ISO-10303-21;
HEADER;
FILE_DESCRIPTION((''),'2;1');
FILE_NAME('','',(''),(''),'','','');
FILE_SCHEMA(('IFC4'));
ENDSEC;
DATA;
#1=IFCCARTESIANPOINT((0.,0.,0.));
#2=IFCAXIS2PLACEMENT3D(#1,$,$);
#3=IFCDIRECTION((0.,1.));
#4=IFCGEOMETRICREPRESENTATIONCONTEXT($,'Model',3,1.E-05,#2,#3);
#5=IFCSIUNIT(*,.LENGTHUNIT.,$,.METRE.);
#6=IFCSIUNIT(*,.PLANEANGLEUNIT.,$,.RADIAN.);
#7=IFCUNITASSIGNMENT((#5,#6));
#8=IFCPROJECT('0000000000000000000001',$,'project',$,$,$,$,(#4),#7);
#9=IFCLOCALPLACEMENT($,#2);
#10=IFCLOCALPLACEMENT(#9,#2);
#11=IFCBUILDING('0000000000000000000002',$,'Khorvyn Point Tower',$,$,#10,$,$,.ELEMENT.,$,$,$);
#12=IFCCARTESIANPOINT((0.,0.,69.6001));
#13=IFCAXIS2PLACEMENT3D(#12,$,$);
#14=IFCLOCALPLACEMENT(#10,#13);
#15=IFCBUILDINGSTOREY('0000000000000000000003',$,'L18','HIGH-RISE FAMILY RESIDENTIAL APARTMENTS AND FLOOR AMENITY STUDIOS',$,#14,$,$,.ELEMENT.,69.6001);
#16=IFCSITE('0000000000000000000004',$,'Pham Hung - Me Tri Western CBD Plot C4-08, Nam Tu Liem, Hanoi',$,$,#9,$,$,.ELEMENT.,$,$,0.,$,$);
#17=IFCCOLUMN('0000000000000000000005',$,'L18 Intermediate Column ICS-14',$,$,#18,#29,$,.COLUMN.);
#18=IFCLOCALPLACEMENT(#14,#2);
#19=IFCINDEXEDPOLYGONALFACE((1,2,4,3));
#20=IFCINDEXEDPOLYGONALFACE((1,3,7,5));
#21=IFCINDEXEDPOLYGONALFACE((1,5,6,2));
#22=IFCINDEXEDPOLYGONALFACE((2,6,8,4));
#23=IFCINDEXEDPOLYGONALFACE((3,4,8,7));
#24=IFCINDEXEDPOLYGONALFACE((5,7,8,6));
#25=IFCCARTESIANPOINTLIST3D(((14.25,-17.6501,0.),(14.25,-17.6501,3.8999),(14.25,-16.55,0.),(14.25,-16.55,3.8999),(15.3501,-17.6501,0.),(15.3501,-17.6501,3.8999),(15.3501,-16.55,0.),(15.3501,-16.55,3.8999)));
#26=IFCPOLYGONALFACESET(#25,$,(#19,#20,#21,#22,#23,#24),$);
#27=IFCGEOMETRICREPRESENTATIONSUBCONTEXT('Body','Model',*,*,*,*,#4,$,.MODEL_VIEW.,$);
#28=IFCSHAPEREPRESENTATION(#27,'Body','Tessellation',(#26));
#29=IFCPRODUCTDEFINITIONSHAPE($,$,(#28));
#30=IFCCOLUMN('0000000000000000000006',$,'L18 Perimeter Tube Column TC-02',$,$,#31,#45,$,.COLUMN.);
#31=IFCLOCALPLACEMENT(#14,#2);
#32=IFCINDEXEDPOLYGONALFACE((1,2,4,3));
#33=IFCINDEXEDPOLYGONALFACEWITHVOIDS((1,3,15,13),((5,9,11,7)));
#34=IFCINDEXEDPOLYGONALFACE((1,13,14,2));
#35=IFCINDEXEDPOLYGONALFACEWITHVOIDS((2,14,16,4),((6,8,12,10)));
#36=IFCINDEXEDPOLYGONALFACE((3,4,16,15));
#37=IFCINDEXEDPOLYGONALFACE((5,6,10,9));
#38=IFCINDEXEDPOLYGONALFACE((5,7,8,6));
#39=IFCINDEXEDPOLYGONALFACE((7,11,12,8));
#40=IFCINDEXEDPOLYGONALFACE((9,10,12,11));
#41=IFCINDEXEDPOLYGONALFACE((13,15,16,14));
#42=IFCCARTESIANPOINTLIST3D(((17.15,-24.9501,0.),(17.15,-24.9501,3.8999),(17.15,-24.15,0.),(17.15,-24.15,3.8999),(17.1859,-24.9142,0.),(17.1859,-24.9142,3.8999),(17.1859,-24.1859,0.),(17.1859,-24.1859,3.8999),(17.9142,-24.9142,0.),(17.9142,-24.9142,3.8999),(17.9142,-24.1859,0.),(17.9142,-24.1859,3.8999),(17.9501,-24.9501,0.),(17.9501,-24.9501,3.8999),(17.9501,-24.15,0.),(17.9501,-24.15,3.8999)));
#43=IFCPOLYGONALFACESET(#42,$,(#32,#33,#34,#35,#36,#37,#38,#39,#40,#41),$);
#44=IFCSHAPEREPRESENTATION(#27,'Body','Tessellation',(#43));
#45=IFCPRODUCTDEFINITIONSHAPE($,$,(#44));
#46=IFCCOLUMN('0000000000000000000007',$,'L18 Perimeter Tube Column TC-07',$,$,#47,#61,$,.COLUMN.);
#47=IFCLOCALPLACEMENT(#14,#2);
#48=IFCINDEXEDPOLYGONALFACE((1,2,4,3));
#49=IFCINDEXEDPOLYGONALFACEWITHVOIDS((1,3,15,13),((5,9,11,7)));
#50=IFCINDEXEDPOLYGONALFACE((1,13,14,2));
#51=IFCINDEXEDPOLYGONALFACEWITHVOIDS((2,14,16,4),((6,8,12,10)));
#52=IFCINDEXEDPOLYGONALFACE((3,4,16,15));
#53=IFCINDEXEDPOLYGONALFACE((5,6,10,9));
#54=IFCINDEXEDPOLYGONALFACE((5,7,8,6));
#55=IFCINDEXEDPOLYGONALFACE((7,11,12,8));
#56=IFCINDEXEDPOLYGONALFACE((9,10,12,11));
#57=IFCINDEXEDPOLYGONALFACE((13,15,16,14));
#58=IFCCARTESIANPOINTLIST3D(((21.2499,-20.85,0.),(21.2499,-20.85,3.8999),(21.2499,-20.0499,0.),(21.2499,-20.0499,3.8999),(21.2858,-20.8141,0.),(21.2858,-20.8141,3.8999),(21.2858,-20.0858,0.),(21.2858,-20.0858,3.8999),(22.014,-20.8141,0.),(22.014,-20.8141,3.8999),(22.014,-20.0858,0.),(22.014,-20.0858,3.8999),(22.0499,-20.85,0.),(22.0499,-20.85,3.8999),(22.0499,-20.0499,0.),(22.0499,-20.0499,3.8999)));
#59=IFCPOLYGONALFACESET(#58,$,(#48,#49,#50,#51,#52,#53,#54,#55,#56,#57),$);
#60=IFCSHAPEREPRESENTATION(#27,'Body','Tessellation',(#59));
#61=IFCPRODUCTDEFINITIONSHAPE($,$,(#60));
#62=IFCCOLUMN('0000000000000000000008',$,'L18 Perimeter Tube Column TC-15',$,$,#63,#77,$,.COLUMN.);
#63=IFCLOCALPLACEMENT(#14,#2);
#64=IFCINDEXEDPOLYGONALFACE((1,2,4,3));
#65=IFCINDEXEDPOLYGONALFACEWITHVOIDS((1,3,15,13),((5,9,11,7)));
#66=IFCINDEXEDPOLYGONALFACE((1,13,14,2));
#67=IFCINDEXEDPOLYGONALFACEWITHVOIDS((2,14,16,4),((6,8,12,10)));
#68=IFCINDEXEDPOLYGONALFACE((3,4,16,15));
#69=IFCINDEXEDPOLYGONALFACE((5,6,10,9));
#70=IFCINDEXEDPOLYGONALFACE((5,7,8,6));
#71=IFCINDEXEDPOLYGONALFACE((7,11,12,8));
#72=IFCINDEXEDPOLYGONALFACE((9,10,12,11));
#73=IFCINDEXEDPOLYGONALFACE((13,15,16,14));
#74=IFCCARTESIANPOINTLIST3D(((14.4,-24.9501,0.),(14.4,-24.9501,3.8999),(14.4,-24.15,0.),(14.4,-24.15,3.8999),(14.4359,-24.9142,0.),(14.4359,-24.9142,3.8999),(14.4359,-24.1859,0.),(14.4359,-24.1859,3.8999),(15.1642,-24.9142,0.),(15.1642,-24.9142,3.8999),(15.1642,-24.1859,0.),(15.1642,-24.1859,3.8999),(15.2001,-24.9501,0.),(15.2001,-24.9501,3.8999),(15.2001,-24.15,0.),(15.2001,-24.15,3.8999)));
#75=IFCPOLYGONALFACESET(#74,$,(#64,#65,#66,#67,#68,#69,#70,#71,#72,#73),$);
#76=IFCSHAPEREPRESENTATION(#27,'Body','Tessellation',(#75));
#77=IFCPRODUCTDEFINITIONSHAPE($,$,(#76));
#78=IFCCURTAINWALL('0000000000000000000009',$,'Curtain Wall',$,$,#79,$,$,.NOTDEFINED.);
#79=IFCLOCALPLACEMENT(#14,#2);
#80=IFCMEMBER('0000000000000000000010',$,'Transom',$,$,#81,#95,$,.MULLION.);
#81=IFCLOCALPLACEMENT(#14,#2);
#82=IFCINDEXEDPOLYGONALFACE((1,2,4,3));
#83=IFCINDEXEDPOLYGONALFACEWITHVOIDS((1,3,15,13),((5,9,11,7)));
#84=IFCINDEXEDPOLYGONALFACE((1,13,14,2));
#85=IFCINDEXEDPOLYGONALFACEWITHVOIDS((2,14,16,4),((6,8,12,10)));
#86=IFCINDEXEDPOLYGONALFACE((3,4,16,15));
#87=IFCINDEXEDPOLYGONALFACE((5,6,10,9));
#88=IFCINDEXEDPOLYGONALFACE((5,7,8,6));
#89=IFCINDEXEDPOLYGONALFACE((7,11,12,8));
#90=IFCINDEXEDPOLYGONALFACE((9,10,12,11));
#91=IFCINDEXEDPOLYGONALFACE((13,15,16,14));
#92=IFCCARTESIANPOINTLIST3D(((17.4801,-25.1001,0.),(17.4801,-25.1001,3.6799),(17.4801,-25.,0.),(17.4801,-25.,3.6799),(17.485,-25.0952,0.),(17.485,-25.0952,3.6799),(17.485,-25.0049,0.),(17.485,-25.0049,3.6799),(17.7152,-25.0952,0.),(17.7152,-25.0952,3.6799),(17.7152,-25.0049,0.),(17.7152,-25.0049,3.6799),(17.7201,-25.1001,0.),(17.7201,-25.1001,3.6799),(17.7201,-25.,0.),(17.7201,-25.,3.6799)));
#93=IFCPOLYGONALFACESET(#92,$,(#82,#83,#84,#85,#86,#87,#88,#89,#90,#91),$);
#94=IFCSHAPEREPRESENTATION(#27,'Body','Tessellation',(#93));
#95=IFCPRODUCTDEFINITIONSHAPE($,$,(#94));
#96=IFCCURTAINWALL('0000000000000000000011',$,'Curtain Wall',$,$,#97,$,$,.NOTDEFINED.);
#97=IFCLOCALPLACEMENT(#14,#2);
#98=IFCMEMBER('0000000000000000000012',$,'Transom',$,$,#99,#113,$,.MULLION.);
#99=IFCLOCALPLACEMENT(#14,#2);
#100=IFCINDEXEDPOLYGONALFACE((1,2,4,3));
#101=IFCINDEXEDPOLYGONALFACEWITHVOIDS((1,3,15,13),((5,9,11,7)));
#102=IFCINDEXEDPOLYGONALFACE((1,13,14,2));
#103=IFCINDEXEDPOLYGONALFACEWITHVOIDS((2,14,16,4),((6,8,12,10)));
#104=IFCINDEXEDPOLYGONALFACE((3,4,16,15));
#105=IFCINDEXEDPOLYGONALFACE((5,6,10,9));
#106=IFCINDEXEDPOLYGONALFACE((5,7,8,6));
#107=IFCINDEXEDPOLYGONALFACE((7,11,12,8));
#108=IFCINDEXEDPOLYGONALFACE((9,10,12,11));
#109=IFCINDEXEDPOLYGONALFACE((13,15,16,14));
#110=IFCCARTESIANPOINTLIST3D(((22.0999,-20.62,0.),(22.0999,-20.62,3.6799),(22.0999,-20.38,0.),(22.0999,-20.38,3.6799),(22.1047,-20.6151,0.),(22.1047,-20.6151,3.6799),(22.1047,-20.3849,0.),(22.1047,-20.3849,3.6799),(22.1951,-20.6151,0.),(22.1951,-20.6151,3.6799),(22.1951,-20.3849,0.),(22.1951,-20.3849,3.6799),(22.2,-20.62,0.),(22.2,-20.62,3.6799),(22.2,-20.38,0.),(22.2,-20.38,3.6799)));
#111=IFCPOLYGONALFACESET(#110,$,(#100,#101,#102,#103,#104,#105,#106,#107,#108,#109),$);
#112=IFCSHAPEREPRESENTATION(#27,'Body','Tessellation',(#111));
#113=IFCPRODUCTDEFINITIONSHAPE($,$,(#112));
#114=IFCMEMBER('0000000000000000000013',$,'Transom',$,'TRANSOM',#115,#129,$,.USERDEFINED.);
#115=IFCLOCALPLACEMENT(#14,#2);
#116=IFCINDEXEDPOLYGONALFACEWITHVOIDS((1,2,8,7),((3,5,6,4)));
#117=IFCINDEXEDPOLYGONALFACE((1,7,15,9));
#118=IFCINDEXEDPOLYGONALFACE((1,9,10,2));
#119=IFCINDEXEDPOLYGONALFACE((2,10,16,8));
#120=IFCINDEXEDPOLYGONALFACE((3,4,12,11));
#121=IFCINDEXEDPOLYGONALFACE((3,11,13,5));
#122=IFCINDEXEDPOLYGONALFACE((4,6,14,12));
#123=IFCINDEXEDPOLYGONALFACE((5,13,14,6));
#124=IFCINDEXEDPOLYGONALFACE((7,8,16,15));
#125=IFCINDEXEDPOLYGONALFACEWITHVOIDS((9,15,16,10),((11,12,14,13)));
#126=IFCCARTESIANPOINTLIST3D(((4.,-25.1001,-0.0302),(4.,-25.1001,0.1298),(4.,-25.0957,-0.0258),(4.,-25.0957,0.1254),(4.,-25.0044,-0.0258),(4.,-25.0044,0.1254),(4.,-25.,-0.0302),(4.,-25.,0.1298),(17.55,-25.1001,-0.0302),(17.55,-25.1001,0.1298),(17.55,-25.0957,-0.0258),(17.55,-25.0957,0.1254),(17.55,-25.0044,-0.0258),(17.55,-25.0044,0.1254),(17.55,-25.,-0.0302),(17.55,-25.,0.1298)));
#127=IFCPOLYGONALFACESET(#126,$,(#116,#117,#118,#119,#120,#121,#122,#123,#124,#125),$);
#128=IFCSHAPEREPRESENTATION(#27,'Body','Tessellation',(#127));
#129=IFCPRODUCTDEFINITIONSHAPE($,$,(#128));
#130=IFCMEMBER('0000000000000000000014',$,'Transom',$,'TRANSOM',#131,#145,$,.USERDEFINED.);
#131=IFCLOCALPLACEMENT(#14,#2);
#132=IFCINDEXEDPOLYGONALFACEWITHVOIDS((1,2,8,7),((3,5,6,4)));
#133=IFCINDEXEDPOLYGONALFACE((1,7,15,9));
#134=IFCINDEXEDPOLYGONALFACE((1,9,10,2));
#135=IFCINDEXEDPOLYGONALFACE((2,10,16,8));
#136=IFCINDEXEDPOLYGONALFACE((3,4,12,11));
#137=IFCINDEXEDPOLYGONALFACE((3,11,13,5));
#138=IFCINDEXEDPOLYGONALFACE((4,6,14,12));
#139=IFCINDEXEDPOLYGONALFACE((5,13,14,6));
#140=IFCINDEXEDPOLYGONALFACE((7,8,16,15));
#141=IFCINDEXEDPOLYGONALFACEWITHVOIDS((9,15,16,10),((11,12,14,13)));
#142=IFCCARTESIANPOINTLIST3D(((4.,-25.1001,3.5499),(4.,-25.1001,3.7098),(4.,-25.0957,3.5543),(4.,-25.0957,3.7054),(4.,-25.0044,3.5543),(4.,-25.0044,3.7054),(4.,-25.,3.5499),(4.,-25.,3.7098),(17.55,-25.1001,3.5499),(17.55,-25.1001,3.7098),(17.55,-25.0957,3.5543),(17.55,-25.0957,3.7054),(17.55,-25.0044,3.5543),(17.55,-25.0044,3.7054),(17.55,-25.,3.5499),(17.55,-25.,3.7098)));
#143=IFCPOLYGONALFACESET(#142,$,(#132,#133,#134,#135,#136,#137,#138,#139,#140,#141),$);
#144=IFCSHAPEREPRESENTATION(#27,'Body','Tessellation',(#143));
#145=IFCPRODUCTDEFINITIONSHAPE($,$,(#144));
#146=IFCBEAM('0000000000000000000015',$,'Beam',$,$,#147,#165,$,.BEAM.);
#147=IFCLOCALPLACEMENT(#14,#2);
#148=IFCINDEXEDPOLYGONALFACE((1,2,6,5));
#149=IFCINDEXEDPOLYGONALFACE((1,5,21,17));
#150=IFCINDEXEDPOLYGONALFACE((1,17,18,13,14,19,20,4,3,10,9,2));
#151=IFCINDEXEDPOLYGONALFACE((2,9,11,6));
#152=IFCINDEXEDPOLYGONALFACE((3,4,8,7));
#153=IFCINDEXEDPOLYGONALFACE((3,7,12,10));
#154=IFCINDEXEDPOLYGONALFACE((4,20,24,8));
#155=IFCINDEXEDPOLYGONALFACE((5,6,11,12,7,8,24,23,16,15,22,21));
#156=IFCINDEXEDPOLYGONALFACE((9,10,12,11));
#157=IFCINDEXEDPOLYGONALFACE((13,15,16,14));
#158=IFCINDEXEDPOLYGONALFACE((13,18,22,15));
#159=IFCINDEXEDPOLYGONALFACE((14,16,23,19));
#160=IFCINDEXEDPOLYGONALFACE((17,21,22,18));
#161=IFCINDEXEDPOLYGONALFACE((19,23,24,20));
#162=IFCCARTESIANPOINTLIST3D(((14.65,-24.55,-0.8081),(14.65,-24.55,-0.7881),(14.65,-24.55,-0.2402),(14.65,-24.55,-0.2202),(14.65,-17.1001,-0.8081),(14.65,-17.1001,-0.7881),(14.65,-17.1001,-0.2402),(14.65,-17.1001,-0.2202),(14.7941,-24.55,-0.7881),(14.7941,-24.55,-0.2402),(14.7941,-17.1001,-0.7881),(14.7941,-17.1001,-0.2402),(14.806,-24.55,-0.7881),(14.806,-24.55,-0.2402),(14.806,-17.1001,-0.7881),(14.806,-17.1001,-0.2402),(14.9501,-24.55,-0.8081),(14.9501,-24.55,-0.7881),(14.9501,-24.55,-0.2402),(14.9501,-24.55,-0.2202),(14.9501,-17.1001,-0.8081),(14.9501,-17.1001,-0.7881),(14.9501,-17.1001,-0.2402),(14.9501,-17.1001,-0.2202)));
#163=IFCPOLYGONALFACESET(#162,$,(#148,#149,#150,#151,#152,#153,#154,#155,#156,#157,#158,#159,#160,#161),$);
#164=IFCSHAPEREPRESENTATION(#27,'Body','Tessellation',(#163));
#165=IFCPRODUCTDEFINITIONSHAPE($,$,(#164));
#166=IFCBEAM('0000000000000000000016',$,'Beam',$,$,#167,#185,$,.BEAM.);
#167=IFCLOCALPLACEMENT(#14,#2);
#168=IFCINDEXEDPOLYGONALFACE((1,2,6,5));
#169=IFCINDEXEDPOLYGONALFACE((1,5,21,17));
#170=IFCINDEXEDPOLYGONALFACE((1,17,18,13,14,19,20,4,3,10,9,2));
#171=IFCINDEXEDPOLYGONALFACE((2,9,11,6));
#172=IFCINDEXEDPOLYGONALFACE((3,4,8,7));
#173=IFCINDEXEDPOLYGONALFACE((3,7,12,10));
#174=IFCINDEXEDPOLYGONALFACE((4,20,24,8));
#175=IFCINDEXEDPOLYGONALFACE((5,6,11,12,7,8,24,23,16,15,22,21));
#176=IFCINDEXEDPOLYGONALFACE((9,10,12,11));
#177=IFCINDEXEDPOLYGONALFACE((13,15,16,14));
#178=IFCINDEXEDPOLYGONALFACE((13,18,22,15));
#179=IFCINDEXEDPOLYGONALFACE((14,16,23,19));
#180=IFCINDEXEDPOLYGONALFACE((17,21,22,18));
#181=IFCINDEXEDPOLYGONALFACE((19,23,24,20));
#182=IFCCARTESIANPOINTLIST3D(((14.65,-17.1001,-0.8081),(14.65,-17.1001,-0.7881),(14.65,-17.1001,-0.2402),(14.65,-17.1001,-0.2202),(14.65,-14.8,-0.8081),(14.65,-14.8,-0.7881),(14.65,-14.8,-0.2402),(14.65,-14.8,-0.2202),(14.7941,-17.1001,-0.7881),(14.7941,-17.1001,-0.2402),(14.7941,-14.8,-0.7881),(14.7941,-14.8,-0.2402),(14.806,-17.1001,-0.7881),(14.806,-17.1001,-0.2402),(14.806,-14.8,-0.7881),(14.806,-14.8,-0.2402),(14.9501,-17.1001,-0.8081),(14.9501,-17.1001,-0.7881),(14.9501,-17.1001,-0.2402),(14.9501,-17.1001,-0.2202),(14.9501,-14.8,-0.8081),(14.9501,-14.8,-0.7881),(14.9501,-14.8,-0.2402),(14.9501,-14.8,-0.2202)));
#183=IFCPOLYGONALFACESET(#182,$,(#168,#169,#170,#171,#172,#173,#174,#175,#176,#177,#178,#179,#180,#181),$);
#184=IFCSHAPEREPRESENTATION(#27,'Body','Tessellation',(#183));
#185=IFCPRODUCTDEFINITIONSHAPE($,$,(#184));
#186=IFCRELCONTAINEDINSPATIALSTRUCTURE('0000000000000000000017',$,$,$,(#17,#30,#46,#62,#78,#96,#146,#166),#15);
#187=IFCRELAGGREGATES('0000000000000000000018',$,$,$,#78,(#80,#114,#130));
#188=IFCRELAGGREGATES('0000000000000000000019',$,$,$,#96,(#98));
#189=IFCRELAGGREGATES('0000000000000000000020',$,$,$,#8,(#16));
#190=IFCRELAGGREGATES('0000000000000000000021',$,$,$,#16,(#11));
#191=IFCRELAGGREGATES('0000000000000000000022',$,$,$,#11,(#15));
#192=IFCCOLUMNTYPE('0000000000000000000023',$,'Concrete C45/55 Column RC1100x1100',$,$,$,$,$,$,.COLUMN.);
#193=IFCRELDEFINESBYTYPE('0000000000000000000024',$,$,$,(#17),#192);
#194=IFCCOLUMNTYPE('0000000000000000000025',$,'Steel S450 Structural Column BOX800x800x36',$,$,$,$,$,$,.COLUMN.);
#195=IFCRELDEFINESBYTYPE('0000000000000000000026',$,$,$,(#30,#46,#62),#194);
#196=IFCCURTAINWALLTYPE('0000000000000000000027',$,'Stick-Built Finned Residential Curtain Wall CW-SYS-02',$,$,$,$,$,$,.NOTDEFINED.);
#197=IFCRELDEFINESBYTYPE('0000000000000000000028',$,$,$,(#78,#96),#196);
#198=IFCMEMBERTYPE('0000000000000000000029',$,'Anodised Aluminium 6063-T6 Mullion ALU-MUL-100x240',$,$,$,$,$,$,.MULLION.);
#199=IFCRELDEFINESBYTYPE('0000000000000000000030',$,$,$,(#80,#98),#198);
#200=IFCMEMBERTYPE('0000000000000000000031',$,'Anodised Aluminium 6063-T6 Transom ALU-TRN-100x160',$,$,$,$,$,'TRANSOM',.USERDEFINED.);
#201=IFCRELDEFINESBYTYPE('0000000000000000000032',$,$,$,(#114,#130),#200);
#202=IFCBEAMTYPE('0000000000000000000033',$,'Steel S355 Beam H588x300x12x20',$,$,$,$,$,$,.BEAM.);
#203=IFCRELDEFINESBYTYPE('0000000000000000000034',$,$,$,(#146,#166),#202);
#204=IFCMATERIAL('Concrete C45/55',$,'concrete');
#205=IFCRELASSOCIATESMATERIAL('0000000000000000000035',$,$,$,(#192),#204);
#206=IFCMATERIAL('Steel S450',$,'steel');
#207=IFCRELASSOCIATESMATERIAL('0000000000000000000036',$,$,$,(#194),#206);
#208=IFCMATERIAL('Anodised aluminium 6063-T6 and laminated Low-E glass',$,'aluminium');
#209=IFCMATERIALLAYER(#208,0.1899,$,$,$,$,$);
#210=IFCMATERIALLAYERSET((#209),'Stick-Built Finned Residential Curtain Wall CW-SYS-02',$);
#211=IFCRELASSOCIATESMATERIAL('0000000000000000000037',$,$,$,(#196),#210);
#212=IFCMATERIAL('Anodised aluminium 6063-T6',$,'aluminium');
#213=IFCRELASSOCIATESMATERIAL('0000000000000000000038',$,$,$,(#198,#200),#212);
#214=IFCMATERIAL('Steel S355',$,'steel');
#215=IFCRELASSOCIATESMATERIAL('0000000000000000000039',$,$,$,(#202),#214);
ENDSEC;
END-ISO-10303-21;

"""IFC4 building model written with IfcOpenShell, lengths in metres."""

from ifc_helpers import new_model, si_unit, direction, frame, origin, origin_2d, place, context, subcontext, project, spatial, rectangle, hollow_rectangle, i_section, extrude, material, layer, layer_set, material_profile, profile_set, type_object, element, aggregate, save


model = new_model("IFC4")

# Units and contexts
model_context = context("Model", 3, precision=1e-05, world=origin(), true_north=direction((0.0, 1.0)))
body_context = subcontext(model_context, "Body", "Model", "MODEL_VIEW")
ifc_project = project(units=[si_unit("LENGTHUNIT", "METRE"), si_unit("PLANEANGLEUNIT", "RADIAN")], contexts=[model_context])

# Site, building, storey
site_placement = place(None, origin())
site = spatial("IfcSite", under=ifc_project, at=site_placement, Name="Pham Hung - Me Tri Western CBD Plot C4-08, Nam Tu Liem, Hanoi", CompositionType="ELEMENT", RefElevation=0.0)
building_placement = place(site_placement, origin())
building = spatial("IfcBuilding", under=site, at=building_placement, Name="Khorvyn Point Tower", CompositionType="ELEMENT")
storey_placement = place(building_placement, frame((0.0, 0.0, 69.6001)))
storey = spatial("IfcBuildingStorey", under=building, at=storey_placement, Name="L18", Description="HIGH-RISE FAMILY RESIDENTIAL APARTMENTS AND FLOOR AMENITY STUDIOS", CompositionType="ELEMENT", Elevation=69.6001)

# Columns
ifc_material_1 = material(Name="Concrete C45/55", Category="concrete")
ifc_material_profile_1 = material_profile(ifc_material_1, rectangle(XDim=1.1001, YDim=1.1001, at=origin_2d()))
ifc_profile_set_1 = profile_set([ifc_material_profile_1], Name="Concrete C45/55 RC1100x1100")
column_type_1 = type_object("IfcColumnType", Name="Concrete C45/55 Column RC1100x1100", PredefinedType="COLUMN", material=ifc_profile_set_1)
column_placement = place(storey_placement, frame((14.8, -17.1001, 0.0), z_axis=(0.0, 0.0, 1.0), x_axis=(1.0, 0.0, 0.0)))
element("IfcColumn", 1, at=column_placement, inside=storey, type_object=column_type_1, Name="L18 Intermediate Column ICS-14", PredefinedType="COLUMN", context=body_context, shape_type="SweptSolid", body=[
    extrude(rectangle(XDim=1.1001, YDim=1.1001, at=origin_2d()), origin(), (0.0, 0.0, 1.0), 3.8999),
])
ifc_material_2 = material(Name="Steel S450", Category="steel")
ifc_material_profile_2 = material_profile(ifc_material_2, hollow_rectangle(XDim=0.8, YDim=0.8, WallThickness=0.0359, at=origin_2d()))
ifc_profile_set_2 = profile_set([ifc_material_profile_2], Name="Steel S450 BOX800x800x36")
column_type_2 = type_object("IfcColumnType", Name="Steel S450 Structural Column BOX800x800x36", PredefinedType="COLUMN", material=ifc_profile_set_2)
for number, where, z_axis, x_axis, name in (
    (2, (17.55, -24.55, 0.0), (0.0, 0.0, 1.0), (1.0, 0.0, 0.0), "L18 Perimeter Tube Column TC-02"),
    (3, (21.6499, -20.45, 0.0), (0.0, 0.0, 1.0), (1.0, 0.0, 0.0), "L18 Perimeter Tube Column TC-07"),
    (4, (14.8, -24.55, 0.0), (0.0, 0.0, 1.0), (1.0, 0.0, 0.0), "L18 Perimeter Tube Column TC-15"),
):
    element("IfcColumn", number, at=place(storey_placement, frame(where, z_axis=z_axis, x_axis=x_axis)), inside=storey, type_object=column_type_2, Name=name, PredefinedType="COLUMN", context=body_context, shape_type="SweptSolid", body=[
        extrude(hollow_rectangle(XDim=0.8, YDim=0.8, WallThickness=0.0359, at=origin_2d()), origin(), (0.0, 0.0, 1.0), 3.8999),
    ])

# Curtain walls, members
ifc_material_3 = material(Name="Anodised aluminium 6063-T6 and laminated Low-E glass", Category="aluminium")
ifc_layer_1 = layer(ifc_material_3, 0.1899)
ifc_layer_set_1 = layer_set([ifc_layer_1], Name="Stick-Built Finned Residential Curtain Wall CW-SYS-02")
curtain_wall_type = type_object("IfcCurtainWallType", Name="Stick-Built Finned Residential Curtain Wall CW-SYS-02", PredefinedType="NOTDEFINED", material=ifc_layer_set_1)
curtain_wall_1_placement = place(storey_placement, origin())
curtain_wall_1 = element("IfcCurtainWall", 5, at=curtain_wall_1_placement, inside=storey, type_object=curtain_wall_type, Name="Curtain Wall", PredefinedType="NOTDEFINED")
ifc_material_4 = material(Name="Anodised aluminium 6063-T6", Category="aluminium")
ifc_material_profile_3 = material_profile(ifc_material_4, hollow_rectangle(XDim=0.1001, YDim=0.24, WallThickness=0.0049, at=origin_2d()))
ifc_profile_set_3 = profile_set([ifc_material_profile_3], Name="Anodised aluminium 6063-T6 ALU-MUL-100x240")
member_type_1 = type_object("IfcMemberType", Name="Anodised Aluminium 6063-T6 Mullion ALU-MUL-100x240", PredefinedType="MULLION", material=ifc_profile_set_3)
member_1_placement = place(storey_placement, frame((17.6001, -25.05, 0.0), z_axis=(0.0, 0.0, 1.0), x_axis=(0.0, -1.0, 0.0)))
member_1 = element("IfcMember", 6, at=member_1_placement, type_object=member_type_1, Name="Transom", PredefinedType="MULLION", context=body_context, shape_type="SweptSolid", body=[
    extrude(hollow_rectangle(XDim=0.1001, YDim=0.24, WallThickness=0.0049, at=origin_2d()), origin(), (0.0, 0.0, 1.0), 3.6799),
])
curtain_wall_2_placement = place(storey_placement, origin())
curtain_wall_2 = element("IfcCurtainWall", 7, at=curtain_wall_2_placement, inside=storey, type_object=curtain_wall_type, Name="Curtain Wall", PredefinedType="NOTDEFINED")
member_2_placement = place(storey_placement, frame((22.1499, -20.5, 0.0), z_axis=(0.0, 0.0, 1.0), x_axis=(1.0, 0.0, 0.0)))
member_2 = element("IfcMember", 8, at=member_2_placement, type_object=member_type_1, Name="Transom", PredefinedType="MULLION", context=body_context, shape_type="SweptSolid", body=[
    extrude(hollow_rectangle(XDim=0.1001, YDim=0.24, WallThickness=0.0049, at=origin_2d()), origin(), (0.0, 0.0, 1.0), 3.6799),
])

# Members
ifc_material_profile_4 = material_profile(ifc_material_4, hollow_rectangle(XDim=0.1001, YDim=0.1599, WallThickness=0.0044, at=origin_2d()))
ifc_profile_set_4 = profile_set([ifc_material_profile_4], Name="Anodised aluminium 6063-T6 ALU-TRN-100x160")
member_type_2 = type_object("IfcMemberType", Name="Anodised Aluminium 6063-T6 Transom ALU-TRN-100x160", ElementType="TRANSOM", PredefinedType="USERDEFINED", material=ifc_profile_set_4)
member_3_placement = place(storey_placement, frame((17.55, -25.05, 0.0498), z_axis=(-1.0, 0.0, 0.0), x_axis=(0.0, -1.0, 0.0)))
member_3 = element("IfcMember", 9, at=member_3_placement, type_object=member_type_2, Name="Transom", ObjectType="TRANSOM", PredefinedType="USERDEFINED", context=body_context, shape_type="SweptSolid", body=[
    extrude(hollow_rectangle(XDim=0.1001, YDim=0.1599, WallThickness=0.0044, at=origin_2d()), origin(), (0.0, 0.0, 1.0), 13.55),
])
member_4_placement = place(storey_placement, frame((17.55, -25.05, 3.6299), z_axis=(-1.0, 0.0, 0.0), x_axis=(0.0, -1.0, 0.0)))
member_4 = element("IfcMember", 10, at=member_4_placement, type_object=member_type_2, Name="Transom", ObjectType="TRANSOM", PredefinedType="USERDEFINED", context=body_context, shape_type="SweptSolid", body=[
    extrude(hollow_rectangle(XDim=0.1001, YDim=0.1599, WallThickness=0.0044, at=origin_2d()), origin(), (0.0, 0.0, 1.0), 13.55),
])

# Beams
ifc_material_5 = material(Name="Steel S355", Category="steel")
ifc_material_profile_5 = material_profile(ifc_material_5, i_section(OverallWidth=0.3, OverallDepth=0.5879, WebThickness=0.012, FlangeThickness=0.02, at=origin_2d()))
ifc_profile_set_5 = profile_set([ifc_material_profile_5], Name="Steel S355 H588x300x12x20")
beam_type_1 = type_object("IfcBeamType", Name="Steel S355 Beam H588x300x12x20", PredefinedType="BEAM", material=ifc_profile_set_5)
beam_1_placement = place(storey_placement, frame((14.8, -24.55, -0.5142), z_axis=(0.0, 1.0, 0.0), x_axis=(-1.0, 0.0, 0.0)))
element("IfcBeam", 11, at=beam_1_placement, inside=storey, type_object=beam_type_1, Name="Beam", PredefinedType="BEAM", context=body_context, shape_type="SweptSolid", body=[
    extrude(i_section(OverallWidth=0.3, OverallDepth=0.5879, WebThickness=0.012, FlangeThickness=0.02, at=origin_2d()), origin(), (0.0, 0.0, 1.0), 7.45),
])
beam_2_placement = place(storey_placement, frame((14.8, -17.1001, -0.5142), z_axis=(0.0, 1.0, 0.0), x_axis=(-1.0, 0.0, 0.0)))
element("IfcBeam", 12, at=beam_2_placement, inside=storey, type_object=beam_type_1, Name="Beam", PredefinedType="BEAM", context=body_context, shape_type="SweptSolid", body=[
    extrude(i_section(OverallWidth=0.3, OverallDepth=0.5879, WebThickness=0.012, FlangeThickness=0.02, at=origin_2d()), origin(), (0.0, 0.0, 1.0), 2.3),
])

aggregate(curtain_wall_1, [member_1, member_3, member_4])
aggregate(curtain_wall_2, [member_2])

save(model, "model.ifc")
